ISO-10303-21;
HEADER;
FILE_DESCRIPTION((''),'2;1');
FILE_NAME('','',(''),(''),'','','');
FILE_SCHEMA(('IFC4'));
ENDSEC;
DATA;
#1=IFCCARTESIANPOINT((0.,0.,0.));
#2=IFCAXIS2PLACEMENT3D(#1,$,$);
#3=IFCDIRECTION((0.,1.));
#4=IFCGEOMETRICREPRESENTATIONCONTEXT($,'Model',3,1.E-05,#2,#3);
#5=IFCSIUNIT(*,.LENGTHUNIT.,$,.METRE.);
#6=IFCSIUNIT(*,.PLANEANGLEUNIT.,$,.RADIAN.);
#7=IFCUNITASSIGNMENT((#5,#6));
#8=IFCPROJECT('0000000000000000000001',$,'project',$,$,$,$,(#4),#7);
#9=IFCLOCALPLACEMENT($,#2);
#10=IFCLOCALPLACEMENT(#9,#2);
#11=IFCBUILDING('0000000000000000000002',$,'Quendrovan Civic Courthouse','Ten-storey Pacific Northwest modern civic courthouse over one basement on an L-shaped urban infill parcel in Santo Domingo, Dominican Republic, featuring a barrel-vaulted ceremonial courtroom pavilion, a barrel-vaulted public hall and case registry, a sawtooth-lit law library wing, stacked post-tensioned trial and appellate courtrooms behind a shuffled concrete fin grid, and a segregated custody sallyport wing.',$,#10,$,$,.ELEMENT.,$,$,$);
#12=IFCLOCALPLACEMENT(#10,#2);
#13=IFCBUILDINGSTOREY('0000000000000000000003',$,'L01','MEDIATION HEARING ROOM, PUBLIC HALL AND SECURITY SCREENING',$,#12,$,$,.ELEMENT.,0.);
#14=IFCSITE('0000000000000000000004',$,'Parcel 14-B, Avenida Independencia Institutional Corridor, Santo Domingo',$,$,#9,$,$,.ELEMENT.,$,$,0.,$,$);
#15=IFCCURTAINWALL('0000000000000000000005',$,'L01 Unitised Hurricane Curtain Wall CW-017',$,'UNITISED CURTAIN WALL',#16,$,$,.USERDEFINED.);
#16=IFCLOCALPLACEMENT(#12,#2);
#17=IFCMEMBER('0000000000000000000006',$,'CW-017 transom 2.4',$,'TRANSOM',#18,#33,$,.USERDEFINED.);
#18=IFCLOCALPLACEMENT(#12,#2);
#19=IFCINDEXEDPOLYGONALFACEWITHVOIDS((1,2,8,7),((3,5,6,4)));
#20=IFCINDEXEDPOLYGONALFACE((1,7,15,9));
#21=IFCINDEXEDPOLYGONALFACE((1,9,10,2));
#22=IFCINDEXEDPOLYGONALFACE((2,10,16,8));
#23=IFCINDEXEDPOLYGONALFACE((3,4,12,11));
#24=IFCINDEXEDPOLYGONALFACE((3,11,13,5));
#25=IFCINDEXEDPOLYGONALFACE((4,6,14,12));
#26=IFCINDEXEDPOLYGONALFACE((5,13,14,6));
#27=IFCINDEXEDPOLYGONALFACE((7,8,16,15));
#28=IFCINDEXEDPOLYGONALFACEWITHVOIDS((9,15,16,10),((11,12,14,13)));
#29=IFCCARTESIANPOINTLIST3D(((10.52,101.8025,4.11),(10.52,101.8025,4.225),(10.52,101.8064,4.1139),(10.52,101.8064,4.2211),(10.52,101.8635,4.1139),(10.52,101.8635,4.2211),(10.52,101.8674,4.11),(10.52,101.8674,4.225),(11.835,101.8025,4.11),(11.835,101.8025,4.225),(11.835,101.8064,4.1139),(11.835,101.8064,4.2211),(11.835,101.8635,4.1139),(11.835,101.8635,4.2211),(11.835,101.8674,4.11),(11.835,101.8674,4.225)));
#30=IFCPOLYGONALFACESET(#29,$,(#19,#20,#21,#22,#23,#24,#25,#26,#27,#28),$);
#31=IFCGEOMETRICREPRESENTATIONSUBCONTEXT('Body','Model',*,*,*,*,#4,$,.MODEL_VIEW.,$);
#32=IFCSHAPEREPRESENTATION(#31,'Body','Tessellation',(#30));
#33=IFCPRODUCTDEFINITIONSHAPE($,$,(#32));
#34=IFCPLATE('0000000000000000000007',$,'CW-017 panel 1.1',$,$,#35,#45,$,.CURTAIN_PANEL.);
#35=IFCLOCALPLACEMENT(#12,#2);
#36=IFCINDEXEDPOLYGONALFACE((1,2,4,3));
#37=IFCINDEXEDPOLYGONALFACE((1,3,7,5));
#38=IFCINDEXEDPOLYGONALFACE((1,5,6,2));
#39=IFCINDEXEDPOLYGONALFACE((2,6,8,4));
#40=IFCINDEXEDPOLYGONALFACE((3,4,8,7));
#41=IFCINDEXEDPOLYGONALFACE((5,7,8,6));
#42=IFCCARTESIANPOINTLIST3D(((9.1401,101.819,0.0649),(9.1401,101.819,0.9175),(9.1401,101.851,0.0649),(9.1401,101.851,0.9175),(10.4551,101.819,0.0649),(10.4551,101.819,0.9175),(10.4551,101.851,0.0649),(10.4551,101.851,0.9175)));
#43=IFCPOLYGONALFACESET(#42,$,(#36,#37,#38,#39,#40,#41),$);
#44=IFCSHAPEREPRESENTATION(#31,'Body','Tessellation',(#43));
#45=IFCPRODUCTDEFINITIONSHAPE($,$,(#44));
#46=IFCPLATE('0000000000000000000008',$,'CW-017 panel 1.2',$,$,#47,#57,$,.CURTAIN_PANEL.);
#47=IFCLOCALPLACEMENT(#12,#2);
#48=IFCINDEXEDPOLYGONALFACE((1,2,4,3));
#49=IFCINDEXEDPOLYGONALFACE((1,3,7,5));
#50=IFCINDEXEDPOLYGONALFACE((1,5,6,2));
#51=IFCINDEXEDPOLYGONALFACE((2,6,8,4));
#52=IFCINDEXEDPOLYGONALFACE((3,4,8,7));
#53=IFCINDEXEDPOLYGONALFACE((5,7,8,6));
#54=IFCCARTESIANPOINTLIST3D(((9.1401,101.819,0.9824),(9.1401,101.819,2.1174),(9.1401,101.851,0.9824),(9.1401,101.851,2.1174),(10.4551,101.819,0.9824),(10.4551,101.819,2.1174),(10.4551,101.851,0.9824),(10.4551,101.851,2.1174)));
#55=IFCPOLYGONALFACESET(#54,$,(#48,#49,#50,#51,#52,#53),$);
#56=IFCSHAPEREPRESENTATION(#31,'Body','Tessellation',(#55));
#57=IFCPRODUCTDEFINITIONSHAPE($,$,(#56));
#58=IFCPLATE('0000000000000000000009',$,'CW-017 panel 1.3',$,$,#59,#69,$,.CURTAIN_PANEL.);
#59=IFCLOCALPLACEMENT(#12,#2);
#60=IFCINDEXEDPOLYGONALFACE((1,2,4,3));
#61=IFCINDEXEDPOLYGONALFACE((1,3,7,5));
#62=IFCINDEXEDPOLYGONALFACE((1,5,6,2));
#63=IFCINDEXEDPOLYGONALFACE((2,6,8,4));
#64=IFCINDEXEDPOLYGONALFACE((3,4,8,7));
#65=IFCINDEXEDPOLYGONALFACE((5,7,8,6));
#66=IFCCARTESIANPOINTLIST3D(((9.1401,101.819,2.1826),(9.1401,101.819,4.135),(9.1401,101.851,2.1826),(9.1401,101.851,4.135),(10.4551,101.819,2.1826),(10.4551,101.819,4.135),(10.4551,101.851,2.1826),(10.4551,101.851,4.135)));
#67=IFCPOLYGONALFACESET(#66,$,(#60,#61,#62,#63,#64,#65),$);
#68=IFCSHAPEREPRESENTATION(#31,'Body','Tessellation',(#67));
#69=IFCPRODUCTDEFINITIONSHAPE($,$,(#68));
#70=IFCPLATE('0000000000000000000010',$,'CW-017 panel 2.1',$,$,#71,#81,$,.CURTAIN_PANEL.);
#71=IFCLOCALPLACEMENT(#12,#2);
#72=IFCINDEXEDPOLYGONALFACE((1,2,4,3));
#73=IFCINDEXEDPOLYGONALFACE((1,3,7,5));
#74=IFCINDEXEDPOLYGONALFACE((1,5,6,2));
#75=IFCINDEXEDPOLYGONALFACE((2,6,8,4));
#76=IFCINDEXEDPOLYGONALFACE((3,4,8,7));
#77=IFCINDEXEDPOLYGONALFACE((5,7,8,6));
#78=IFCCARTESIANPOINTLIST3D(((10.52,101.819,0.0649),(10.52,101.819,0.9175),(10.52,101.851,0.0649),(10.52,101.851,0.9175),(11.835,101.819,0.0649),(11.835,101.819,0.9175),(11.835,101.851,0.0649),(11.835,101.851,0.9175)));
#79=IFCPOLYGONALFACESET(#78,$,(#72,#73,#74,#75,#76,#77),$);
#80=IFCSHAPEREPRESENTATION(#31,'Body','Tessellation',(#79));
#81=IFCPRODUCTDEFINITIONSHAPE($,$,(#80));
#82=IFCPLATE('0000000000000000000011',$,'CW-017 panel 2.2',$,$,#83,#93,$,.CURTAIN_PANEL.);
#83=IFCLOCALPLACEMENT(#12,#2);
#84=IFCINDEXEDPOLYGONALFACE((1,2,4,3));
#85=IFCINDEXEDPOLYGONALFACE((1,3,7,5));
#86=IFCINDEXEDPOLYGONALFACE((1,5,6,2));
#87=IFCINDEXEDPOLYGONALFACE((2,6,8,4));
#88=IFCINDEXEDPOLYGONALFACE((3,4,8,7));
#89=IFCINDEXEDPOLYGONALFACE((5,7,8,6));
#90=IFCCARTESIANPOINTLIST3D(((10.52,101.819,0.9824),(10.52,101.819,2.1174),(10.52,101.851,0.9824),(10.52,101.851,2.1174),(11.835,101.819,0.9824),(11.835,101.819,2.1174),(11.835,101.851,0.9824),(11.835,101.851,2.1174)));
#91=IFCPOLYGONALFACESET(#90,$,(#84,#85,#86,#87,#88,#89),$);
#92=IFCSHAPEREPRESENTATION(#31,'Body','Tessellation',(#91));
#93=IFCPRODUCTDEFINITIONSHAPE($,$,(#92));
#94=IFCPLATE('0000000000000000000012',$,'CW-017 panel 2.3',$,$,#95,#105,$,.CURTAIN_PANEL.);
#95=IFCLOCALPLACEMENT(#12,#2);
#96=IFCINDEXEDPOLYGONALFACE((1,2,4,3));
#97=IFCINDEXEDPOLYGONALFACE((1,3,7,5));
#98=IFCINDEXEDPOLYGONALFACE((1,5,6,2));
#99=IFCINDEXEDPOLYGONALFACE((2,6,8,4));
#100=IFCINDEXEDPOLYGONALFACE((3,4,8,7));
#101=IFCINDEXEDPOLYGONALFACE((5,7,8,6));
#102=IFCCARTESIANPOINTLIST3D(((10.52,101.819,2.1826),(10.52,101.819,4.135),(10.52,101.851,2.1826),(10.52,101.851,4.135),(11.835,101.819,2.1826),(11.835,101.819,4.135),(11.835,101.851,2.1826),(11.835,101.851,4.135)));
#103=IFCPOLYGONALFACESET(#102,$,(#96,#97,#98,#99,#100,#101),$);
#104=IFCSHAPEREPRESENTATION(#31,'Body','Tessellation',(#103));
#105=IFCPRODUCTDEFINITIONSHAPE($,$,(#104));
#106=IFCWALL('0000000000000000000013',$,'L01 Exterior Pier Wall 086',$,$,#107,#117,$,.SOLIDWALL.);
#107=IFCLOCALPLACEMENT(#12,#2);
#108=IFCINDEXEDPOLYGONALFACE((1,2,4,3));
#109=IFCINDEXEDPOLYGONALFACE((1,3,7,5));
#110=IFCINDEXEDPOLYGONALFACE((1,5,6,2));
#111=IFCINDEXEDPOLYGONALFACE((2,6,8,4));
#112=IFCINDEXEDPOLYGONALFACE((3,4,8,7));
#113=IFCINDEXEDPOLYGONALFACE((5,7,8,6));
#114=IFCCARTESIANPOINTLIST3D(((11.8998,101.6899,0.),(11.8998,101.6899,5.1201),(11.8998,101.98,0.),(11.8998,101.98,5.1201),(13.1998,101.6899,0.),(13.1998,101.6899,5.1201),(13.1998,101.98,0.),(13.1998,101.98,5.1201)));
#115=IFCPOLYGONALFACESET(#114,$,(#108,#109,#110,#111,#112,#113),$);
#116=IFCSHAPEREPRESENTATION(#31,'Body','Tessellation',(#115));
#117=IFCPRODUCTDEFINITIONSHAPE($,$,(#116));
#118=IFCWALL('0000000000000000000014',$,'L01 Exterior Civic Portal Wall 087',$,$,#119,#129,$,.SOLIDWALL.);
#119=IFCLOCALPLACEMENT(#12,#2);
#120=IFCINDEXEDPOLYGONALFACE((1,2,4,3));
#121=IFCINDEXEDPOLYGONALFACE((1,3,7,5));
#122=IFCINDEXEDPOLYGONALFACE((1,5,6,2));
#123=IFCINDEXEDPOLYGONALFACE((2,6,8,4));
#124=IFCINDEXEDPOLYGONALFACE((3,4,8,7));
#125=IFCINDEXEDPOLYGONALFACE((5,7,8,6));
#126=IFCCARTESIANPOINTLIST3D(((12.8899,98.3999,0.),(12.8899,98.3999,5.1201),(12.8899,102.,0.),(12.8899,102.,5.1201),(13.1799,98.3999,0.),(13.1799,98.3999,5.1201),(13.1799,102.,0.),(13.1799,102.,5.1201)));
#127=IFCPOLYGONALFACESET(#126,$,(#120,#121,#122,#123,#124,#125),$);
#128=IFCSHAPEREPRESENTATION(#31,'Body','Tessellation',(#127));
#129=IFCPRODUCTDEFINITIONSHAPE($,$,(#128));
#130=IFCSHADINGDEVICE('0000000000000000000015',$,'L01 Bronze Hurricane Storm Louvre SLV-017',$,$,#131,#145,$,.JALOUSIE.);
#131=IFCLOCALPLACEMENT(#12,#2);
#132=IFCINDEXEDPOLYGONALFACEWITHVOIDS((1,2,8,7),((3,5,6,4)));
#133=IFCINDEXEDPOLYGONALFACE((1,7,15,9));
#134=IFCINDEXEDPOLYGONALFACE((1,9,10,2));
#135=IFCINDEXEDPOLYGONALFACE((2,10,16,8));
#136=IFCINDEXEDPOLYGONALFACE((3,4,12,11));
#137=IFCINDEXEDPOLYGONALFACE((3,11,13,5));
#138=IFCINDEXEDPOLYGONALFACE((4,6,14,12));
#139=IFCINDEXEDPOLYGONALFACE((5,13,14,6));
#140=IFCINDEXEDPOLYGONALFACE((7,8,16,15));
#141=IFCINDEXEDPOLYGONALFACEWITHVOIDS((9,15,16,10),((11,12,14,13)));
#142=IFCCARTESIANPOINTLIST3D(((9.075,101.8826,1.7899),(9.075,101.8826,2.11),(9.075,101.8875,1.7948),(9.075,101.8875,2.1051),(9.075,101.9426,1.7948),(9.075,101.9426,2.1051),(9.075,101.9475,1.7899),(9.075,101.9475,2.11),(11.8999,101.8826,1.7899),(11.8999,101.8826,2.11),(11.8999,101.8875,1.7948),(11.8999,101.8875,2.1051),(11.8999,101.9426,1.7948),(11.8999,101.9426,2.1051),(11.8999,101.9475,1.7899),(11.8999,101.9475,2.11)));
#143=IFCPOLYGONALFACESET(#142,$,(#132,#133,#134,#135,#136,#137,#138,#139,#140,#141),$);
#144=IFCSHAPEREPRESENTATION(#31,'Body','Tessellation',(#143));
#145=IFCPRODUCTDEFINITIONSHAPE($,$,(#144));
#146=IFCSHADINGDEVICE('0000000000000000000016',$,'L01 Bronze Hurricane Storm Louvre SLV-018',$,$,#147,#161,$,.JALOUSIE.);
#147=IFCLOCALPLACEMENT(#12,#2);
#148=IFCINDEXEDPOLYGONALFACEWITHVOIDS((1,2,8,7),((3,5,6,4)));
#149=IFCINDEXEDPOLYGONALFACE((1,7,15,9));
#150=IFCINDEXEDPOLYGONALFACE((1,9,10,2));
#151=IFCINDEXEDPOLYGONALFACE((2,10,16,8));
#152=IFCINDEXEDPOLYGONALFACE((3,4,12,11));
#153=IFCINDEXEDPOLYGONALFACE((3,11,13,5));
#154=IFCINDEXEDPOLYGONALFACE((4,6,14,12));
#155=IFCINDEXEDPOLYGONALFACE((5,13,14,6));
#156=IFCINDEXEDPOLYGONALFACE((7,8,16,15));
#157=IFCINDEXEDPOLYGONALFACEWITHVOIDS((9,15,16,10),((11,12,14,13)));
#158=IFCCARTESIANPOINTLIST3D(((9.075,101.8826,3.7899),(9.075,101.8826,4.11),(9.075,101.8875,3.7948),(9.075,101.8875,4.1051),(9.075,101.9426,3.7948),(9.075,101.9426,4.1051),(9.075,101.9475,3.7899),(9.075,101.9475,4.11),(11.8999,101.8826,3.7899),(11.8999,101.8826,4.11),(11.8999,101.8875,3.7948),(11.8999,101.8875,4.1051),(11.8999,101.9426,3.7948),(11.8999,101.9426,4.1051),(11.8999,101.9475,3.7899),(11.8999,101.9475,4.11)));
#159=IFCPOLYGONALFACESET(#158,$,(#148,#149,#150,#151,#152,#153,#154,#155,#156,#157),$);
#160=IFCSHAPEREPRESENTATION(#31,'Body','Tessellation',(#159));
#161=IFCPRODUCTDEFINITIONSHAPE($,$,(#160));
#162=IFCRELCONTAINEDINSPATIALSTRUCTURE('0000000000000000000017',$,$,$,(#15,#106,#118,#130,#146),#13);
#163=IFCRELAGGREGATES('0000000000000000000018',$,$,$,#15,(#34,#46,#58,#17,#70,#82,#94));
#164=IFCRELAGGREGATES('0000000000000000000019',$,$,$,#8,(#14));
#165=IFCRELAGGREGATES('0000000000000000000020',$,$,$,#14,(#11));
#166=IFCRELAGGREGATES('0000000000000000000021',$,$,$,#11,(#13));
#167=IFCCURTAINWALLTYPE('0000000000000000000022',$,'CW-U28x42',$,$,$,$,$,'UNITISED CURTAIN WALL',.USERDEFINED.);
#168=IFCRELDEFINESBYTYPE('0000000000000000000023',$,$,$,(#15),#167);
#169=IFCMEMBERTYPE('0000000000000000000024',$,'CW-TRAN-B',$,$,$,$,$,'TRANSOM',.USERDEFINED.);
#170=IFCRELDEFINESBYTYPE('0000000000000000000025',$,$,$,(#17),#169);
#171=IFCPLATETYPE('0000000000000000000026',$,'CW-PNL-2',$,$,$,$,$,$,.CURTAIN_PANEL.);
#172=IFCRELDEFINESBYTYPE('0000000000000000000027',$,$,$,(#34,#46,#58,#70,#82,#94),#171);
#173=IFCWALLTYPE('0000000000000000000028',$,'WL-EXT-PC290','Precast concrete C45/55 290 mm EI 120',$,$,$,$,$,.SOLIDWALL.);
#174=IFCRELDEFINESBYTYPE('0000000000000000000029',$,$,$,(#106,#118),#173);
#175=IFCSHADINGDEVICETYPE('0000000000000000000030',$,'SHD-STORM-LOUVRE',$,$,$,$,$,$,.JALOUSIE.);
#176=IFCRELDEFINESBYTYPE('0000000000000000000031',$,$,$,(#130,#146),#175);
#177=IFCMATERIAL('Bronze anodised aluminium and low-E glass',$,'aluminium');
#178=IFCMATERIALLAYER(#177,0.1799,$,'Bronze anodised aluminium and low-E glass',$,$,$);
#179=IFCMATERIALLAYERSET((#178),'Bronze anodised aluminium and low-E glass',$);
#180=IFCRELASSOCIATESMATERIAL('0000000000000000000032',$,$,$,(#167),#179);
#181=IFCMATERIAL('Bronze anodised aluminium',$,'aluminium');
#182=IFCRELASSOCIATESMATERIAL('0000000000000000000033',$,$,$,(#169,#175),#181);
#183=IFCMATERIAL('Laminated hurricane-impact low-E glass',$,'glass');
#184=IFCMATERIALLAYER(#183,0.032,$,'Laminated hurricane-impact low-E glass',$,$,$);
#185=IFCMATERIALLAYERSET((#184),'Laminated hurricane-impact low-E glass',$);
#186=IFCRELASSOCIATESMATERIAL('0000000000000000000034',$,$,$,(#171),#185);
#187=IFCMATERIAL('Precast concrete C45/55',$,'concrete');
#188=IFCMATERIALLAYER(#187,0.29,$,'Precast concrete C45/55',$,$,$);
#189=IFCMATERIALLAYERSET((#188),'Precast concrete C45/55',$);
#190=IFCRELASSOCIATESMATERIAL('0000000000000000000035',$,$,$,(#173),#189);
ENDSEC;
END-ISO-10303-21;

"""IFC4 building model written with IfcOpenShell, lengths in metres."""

from ifc_helpers import new_model, si_unit, direction, frame, frame_2d, origin, origin_2d, place, context, subcontext, project, spatial, rectangle, hollow_rectangle, extrude, material, layer, layer_set, material_profile, profile_set, type_object, element, aggregate, save


model = new_model("IFC4")

# Units and contexts
model_context = context("Model", 3, precision=1e-05, world=origin(), true_north=direction((0.0, 1.0)))
body_context = subcontext(model_context, "Body", "Model", "MODEL_VIEW")
ifc_project = project(units=[si_unit("LENGTHUNIT", "METRE"), si_unit("PLANEANGLEUNIT", "RADIAN")], contexts=[model_context])

# Site, building, storey
site_placement = place(None, origin())
site = spatial("IfcSite", under=ifc_project, at=site_placement, Name="Parcel 14-B, Avenida Independencia Institutional Corridor, Santo Domingo", CompositionType="ELEMENT", RefElevation=0.0)
building_placement = place(site_placement, origin())
building = spatial("IfcBuilding", under=site, at=building_placement, Name="Quendrovan Civic Courthouse", Description="Ten-storey Pacific Northwest modern civic courthouse over one basement on an L-shaped urban infill parcel in Santo Domingo, Dominican Republic, featuring a barrel-vaulted ceremonial courtroom pavilion, a barrel-vaulted public hall and case registry, a sawtooth-lit law library wing, stacked post-tensioned trial and appellate courtrooms behind a shuffled concrete fin grid, and a segregated custody sallyport wing.", CompositionType="ELEMENT")
storey_placement = place(building_placement, origin())
storey = spatial("IfcBuildingStorey", under=building, at=storey_placement, Name="L01", Description="MEDIATION HEARING ROOM, PUBLIC HALL AND SECURITY SCREENING", CompositionType="ELEMENT", Elevation=0.0)

# Curtain wall, member, plates
ifc_material_1 = material(Name="Bronze anodised aluminium and low-E glass", Category="aluminium")
ifc_layer_1 = layer(ifc_material_1, 0.1799, Name="Bronze anodised aluminium and low-E glass")
ifc_layer_set_1 = layer_set([ifc_layer_1], Name="Bronze anodised aluminium and low-E glass")
curtain_wall_type = type_object("IfcCurtainWallType", Name="CW-U28x42", ElementType="UNITISED CURTAIN WALL", PredefinedType="USERDEFINED", material=ifc_layer_set_1)
curtain_wall_placement = place(storey_placement, origin())
curtain_wall = element("IfcCurtainWall", 1, at=curtain_wall_placement, inside=storey, type_object=curtain_wall_type, Name="L01 Unitised Hurricane Curtain Wall CW-017", ObjectType="UNITISED CURTAIN WALL", PredefinedType="USERDEFINED")
ifc_material_2 = material(Name="Bronze anodised aluminium", Category="aluminium")
ifc_material_profile_1 = material_profile(ifc_material_2, hollow_rectangle(XDim=0.0649, YDim=0.115, WallThickness=0.0039, at=origin_2d()), Name="CW-TRAN-65x115")
ifc_profile_set_1 = profile_set([ifc_material_profile_1], Name="Bronze anodised aluminium")
member_type_1 = type_object("IfcMemberType", Name="CW-TRAN-B", ElementType="TRANSOM", PredefinedType="USERDEFINED", material=ifc_profile_set_1)
member_1_placement = place(storey_placement, frame((10.52, 101.835, 4.1675), z_axis=(1.0, 0.0, 0.0), x_axis=(0.0, 1.0, 0.0)))
member_1 = element("IfcMember", 2, at=member_1_placement, type_object=member_type_1, Name="CW-017 transom 2.4", ObjectType="TRANSOM", PredefinedType="USERDEFINED", context=body_context, shape_type="SweptSolid", body=[
    extrude(hollow_rectangle(XDim=0.0649, YDim=0.115, WallThickness=0.0039, at=origin_2d()), origin(), (0.0, 0.0, 1.0), 1.3149),
])
ifc_material_3 = material(Name="Laminated hurricane-impact low-E glass", Category="glass")
ifc_layer_2 = layer(ifc_material_3, 0.032, Name="Laminated hurricane-impact low-E glass")
ifc_layer_set_2 = layer_set([ifc_layer_2], Name="Laminated hurricane-impact low-E glass")
plate_type = type_object("IfcPlateType", Name="CW-PNL-2", PredefinedType="CURTAIN_PANEL", material=ifc_layer_set_2)
plate_1_placement = place(storey_placement, frame((9.7976, 101.835, 0.0649), z_axis=(0.0, 0.0, 1.0), x_axis=(1.0, 0.0, 0.0)))
plate_1 = element("IfcPlate", 3, at=plate_1_placement, type_object=plate_type, Name="CW-017 panel 1.1", PredefinedType="CURTAIN_PANEL", context=body_context, shape_type="SweptSolid", body=[
    extrude(rectangle(XDim=1.3149, YDim=0.032, at=origin_2d()), origin(), (0.0, 0.0, 1.0), 0.8525),
])
plate_2_placement = place(storey_placement, frame((9.7976, 101.835, 0.9824), z_axis=(0.0, 0.0, 1.0), x_axis=(1.0, 0.0, 0.0)))
plate_2 = element("IfcPlate", 4, at=plate_2_placement, type_object=plate_type, Name="CW-017 panel 1.2", PredefinedType="CURTAIN_PANEL", context=body_context, shape_type="SweptSolid", body=[
    extrude(rectangle(XDim=1.3149, YDim=0.032, at=origin_2d()), origin(), (0.0, 0.0, 1.0), 1.135),
])
plate_3_placement = place(storey_placement, frame((9.7976, 101.835, 2.1826), z_axis=(0.0, 0.0, 1.0), x_axis=(1.0, 0.0, 0.0)))
plate_3 = element("IfcPlate", 5, at=plate_3_placement, type_object=plate_type, Name="CW-017 panel 1.3", PredefinedType="CURTAIN_PANEL", context=body_context, shape_type="SweptSolid", body=[
    extrude(rectangle(XDim=1.3149, YDim=0.032, at=origin_2d()), origin(), (0.0, 0.0, 1.0), 1.9524),
])
plate_4_placement = place(storey_placement, frame((11.1775, 101.835, 0.0649), z_axis=(0.0, 0.0, 1.0), x_axis=(1.0, 0.0, 0.0)))
plate_4 = element("IfcPlate", 6, at=plate_4_placement, type_object=plate_type, Name="CW-017 panel 2.1", PredefinedType="CURTAIN_PANEL", context=body_context, shape_type="SweptSolid", body=[
    extrude(rectangle(XDim=1.3149, YDim=0.032, at=origin_2d()), origin(), (0.0, 0.0, 1.0), 0.8525),
])
plate_5_placement = place(storey_placement, frame((11.1775, 101.835, 0.9824), z_axis=(0.0, 0.0, 1.0), x_axis=(1.0, 0.0, 0.0)))
plate_5 = element("IfcPlate", 7, at=plate_5_placement, type_object=plate_type, Name="CW-017 panel 2.2", PredefinedType="CURTAIN_PANEL", context=body_context, shape_type="SweptSolid", body=[
    extrude(rectangle(XDim=1.3149, YDim=0.032, at=origin_2d()), origin(), (0.0, 0.0, 1.0), 1.135),
])
plate_6_placement = place(storey_placement, frame((11.1775, 101.835, 2.1826), z_axis=(0.0, 0.0, 1.0), x_axis=(1.0, 0.0, 0.0)))
plate_6 = element("IfcPlate", 8, at=plate_6_placement, type_object=plate_type, Name="CW-017 panel 2.3", PredefinedType="CURTAIN_PANEL", context=body_context, shape_type="SweptSolid", body=[
    extrude(rectangle(XDim=1.3149, YDim=0.032, at=origin_2d()), origin(), (0.0, 0.0, 1.0), 1.9524),
])
aggregate(curtain_wall, [plate_1, plate_2, plate_3, member_1, plate_4, plate_5, plate_6])

# Walls
ifc_material_4 = material(Name="Precast concrete C45/55", Category="concrete")
ifc_layer_3 = layer(ifc_material_4, 0.29, Name="Precast concrete C45/55")
ifc_layer_set_3 = layer_set([ifc_layer_3], Name="Precast concrete C45/55")
wall_type = type_object("IfcWallType", Name="WL-EXT-PC290", Description="Precast concrete C45/55 290 mm EI 120", PredefinedType="SOLIDWALL", material=ifc_layer_set_3)
wall_1_placement = place(storey_placement, frame((11.8999, 101.835, 0.0), z_axis=(0.0, 0.0, 1.0), x_axis=(1.0, 0.0, 0.0)))
element("IfcWall", 9, at=wall_1_placement, inside=storey, type_object=wall_type, Name="L01 Exterior Pier Wall 086", PredefinedType="SOLIDWALL", context=body_context, shape_type="SweptSolid", body=[
    extrude(rectangle(XDim=1.3, YDim=0.29, at=frame_2d((0.6499, 0.0))), origin(), (0.0, 0.0, 1.0), 5.1201),
])
wall_2_placement = place(storey_placement, frame((13.0349, 102.0, 0.0), z_axis=(0.0, 0.0, 1.0), x_axis=(0.0, -1.0, 0.0)))
element("IfcWall", 10, at=wall_2_placement, inside=storey, type_object=wall_type, Name="L01 Exterior Civic Portal Wall 087", PredefinedType="SOLIDWALL", context=body_context, shape_type="SweptSolid", body=[
    extrude(rectangle(XDim=3.6001, YDim=0.29, at=frame_2d((1.8, 0.0))), origin(), (0.0, 0.0, 1.0), 5.1201),
])

# Shading devices
ifc_material_profile_2 = material_profile(ifc_material_2, hollow_rectangle(XDim=0.0649, YDim=0.3201, WallThickness=0.0049, at=origin_2d()), Name="AL-LOUVRE-65x320")
ifc_profile_set_2 = profile_set([ifc_material_profile_2], Name="Bronze anodised aluminium")
shading_device_type = type_object("IfcShadingDeviceType", Name="SHD-STORM-LOUVRE", PredefinedType="JALOUSIE", material=ifc_profile_set_2)
for number, where, z_axis, x_axis, name in (
    (11, (9.075, 101.915, 1.95), (1.0, 0.0, 0.0), (0.0, 1.0, 0.0), "L01 Bronze Hurricane Storm Louvre SLV-017"),
    (12, (9.075, 101.915, 3.95), (1.0, 0.0, 0.0), (0.0, 1.0, 0.0), "L01 Bronze Hurricane Storm Louvre SLV-018"),
):
    element("IfcShadingDevice", number, at=place(storey_placement, frame(where, z_axis=z_axis, x_axis=x_axis)), inside=storey, type_object=shading_device_type, Name=name, PredefinedType="JALOUSIE", context=body_context, shape_type="SweptSolid", body=[
        extrude(hollow_rectangle(XDim=0.0649, YDim=0.3201, WallThickness=0.0049, at=origin_2d()), origin(), (0.0, 0.0, 1.0), 2.825),
    ])

save(model, "model.ifc")
